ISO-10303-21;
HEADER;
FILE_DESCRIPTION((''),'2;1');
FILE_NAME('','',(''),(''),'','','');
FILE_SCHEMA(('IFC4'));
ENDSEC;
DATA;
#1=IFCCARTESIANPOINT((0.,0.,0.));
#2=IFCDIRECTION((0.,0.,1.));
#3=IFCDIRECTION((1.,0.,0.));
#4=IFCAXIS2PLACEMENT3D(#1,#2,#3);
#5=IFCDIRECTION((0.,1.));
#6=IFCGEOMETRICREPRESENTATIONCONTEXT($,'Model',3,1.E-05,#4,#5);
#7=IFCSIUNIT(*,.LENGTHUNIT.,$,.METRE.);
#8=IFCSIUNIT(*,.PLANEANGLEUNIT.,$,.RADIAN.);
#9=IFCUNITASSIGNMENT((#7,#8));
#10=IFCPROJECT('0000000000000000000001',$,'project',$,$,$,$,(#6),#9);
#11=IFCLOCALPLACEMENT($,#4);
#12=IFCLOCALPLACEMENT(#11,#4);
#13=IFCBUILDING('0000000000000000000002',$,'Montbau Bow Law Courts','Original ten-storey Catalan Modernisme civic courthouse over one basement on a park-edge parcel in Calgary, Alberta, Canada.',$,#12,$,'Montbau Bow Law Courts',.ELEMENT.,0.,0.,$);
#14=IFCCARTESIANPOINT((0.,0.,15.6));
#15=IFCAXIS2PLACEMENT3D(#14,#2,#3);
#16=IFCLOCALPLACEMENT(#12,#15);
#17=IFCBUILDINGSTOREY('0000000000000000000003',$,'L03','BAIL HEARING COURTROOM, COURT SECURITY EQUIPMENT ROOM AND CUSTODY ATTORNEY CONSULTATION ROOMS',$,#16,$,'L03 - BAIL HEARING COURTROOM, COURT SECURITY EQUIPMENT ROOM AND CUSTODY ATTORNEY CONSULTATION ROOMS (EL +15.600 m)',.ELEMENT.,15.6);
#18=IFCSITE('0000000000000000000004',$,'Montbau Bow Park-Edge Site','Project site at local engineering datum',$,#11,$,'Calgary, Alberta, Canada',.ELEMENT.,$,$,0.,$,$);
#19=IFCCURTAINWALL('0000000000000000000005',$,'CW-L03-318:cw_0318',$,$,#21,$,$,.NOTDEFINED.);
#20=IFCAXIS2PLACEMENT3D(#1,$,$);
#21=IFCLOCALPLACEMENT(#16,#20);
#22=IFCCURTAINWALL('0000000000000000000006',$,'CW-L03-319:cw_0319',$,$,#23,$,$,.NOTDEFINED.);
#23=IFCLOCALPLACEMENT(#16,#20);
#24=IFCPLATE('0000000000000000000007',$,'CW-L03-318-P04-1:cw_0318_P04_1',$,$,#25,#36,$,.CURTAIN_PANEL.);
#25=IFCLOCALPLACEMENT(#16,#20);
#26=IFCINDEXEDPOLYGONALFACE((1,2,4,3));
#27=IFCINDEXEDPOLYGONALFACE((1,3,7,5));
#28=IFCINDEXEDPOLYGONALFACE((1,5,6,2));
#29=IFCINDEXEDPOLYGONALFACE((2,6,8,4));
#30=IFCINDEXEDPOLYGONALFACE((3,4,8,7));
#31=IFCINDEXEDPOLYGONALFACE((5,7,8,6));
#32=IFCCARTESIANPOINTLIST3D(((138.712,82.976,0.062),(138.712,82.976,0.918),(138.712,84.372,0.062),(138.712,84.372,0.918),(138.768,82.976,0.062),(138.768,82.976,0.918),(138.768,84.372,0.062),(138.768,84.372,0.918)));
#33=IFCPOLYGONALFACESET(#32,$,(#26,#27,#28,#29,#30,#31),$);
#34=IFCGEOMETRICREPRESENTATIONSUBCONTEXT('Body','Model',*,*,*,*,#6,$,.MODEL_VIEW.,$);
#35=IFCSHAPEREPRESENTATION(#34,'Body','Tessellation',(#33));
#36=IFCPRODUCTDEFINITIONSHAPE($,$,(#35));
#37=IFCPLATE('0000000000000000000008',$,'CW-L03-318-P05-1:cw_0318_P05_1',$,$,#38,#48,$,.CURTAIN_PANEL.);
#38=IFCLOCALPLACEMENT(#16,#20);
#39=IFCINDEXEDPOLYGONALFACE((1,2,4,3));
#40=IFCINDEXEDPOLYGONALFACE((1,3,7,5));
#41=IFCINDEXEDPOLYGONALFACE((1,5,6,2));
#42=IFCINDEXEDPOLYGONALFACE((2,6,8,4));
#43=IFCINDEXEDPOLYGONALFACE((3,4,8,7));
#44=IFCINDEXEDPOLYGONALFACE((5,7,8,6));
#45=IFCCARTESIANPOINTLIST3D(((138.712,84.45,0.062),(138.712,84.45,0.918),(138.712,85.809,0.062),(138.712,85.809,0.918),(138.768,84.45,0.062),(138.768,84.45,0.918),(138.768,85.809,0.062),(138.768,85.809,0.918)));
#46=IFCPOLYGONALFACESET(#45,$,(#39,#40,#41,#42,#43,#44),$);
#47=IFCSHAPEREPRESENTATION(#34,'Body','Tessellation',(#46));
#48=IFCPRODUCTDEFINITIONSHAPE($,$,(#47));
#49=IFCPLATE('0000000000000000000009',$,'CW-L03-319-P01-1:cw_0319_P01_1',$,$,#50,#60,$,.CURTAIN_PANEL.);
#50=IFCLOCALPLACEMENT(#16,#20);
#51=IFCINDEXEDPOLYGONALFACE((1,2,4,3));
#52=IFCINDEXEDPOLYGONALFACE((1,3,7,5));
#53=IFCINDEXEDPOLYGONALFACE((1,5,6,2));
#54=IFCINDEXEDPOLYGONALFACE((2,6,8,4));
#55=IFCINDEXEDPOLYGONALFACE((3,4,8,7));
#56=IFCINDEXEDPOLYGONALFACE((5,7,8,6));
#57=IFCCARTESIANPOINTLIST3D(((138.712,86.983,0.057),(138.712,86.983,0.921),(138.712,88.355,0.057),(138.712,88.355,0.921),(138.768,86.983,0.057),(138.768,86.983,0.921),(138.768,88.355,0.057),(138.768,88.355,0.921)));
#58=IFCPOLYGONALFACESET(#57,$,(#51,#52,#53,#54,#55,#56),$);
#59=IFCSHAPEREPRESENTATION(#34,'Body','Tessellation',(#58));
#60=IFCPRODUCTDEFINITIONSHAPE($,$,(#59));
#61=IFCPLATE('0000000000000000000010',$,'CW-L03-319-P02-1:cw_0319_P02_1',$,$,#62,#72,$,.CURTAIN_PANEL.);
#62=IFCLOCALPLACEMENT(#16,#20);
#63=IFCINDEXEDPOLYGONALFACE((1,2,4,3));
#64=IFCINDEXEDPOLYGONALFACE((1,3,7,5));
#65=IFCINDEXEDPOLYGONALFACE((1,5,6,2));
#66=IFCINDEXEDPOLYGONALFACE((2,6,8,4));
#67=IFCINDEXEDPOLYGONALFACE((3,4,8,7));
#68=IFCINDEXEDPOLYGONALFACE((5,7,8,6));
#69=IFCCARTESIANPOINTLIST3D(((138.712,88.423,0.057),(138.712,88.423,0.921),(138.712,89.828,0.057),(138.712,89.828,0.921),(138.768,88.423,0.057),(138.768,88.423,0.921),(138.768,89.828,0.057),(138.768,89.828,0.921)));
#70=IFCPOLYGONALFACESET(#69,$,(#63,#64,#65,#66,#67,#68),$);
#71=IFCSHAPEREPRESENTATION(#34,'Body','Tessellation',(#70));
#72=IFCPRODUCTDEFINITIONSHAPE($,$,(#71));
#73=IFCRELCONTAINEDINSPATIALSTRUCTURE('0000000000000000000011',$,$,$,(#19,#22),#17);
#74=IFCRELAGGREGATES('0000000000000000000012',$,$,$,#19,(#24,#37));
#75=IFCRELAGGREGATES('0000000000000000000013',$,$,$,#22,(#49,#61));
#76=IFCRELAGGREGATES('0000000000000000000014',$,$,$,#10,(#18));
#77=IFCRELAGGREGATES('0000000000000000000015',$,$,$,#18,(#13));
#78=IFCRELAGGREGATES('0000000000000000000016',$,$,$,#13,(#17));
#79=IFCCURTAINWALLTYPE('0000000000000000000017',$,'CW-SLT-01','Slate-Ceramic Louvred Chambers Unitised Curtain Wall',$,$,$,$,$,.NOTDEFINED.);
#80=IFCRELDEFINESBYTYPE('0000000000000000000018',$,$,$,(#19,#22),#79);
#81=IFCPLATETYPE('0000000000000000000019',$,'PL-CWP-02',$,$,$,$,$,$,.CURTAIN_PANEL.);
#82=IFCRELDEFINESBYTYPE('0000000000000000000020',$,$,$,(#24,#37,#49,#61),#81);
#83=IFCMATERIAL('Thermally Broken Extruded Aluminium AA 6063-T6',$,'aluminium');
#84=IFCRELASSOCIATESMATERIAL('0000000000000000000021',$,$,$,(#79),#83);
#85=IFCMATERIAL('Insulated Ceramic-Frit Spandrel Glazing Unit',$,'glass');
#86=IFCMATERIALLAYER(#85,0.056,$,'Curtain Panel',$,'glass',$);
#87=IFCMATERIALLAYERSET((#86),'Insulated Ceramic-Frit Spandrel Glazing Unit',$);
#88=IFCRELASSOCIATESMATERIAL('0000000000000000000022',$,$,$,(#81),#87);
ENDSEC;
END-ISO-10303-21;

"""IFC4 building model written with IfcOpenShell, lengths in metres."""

from ifc_helpers import new_model, si_unit, direction, frame, frame_2d, origin_with_axes, place, context, subcontext, project, spatial, rectangle, extrude, material, layer, layer_set, type_object, element, aggregate, save


model = new_model("IFC4")

# Units and contexts
model_context = context("Model", 3, precision=1e-05, world=origin_with_axes(), true_north=direction((0.0, 1.0)))
body_context = subcontext(model_context, "Body", "Model", "MODEL_VIEW")
ifc_project = project(units=[si_unit("LENGTHUNIT", "METRE"), si_unit("PLANEANGLEUNIT", "RADIAN")], contexts=[model_context])

# Site, building, storey
site_placement = place(None, origin_with_axes())
site = spatial("IfcSite", under=ifc_project, at=site_placement, Name="Montbau Bow Park-Edge Site", Description="Project site at local engineering datum", LongName="Calgary, Alberta, Canada", CompositionType="ELEMENT", RefElevation=0.0)
building_placement = place(site_placement, origin_with_axes())
building = spatial("IfcBuilding", under=site, at=building_placement, Name="Montbau Bow Law Courts", Description="Original ten-storey Catalan Modernisme civic courthouse over one basement on a park-edge parcel in Calgary, Alberta, Canada.", LongName="Montbau Bow Law Courts", CompositionType="ELEMENT", ElevationOfRefHeight=0.0, ElevationOfTerrain=0.0)
storey_placement = place(building_placement, frame((0.0, 0.0, 15.6), z_axis=(0.0, 0.0, 1.0), x_axis=(1.0, 0.0, 0.0)))
storey = spatial("IfcBuildingStorey", under=building, at=storey_placement, Name="L03", Description="BAIL HEARING COURTROOM, COURT SECURITY EQUIPMENT ROOM AND CUSTODY ATTORNEY CONSULTATION ROOMS", LongName="L03 - BAIL HEARING COURTROOM, COURT SECURITY EQUIPMENT ROOM AND CUSTODY ATTORNEY CONSULTATION ROOMS (EL +15.600 m)", CompositionType="ELEMENT", Elevation=15.6)

# Curtain walls
ifc_material_1 = material(Name="Thermally Broken Extruded Aluminium AA 6063-T6", Category="aluminium")
curtain_wall_type = type_object("IfcCurtainWallType", Name="CW-SLT-01", Description="Slate-Ceramic Louvred Chambers Unitised Curtain Wall", PredefinedType="NOTDEFINED", material=ifc_material_1)
curtain_wall_1_placement = place(None, frame((138.74, 78.515, 15.6), z_axis=(0.0, 0.0, 1.0), x_axis=(1.0, 0.0, 0.0)))
curtain_wall_1 = element("IfcCurtainWall", 1, at=curtain_wall_1_placement, inside=storey, type_object=curtain_wall_type, Name="CW-L03-318:cw_0318", PredefinedType="NOTDEFINED")
curtain_wall_2_placement = place(None, frame((138.74, 86.915, 15.6), z_axis=(0.0, 0.0, 1.0), x_axis=(1.0, 0.0, 0.0)))
curtain_wall_2 = element("IfcCurtainWall", 2, at=curtain_wall_2_placement, inside=storey, type_object=curtain_wall_type, Name="CW-L03-319:cw_0319", PredefinedType="NOTDEFINED")

# Plates
ifc_material_2 = material(Name="Insulated Ceramic-Frit Spandrel Glazing Unit", Category="glass")
ifc_layer_1 = layer(ifc_material_2, 0.056, Name="Curtain Panel", Category="glass")
ifc_layer_set_1 = layer_set([ifc_layer_1], Name="Insulated Ceramic-Frit Spandrel Glazing Unit")
plate_type_1 = type_object("IfcPlateType", Name="PL-CWP-02", PredefinedType="CURTAIN_PANEL", material=ifc_layer_set_1)
plate_1_placement = place(None, frame((138.74, 82.976, 15.662), z_axis=(1.0, 0.0, 0.0), x_axis=(0.0, 1.0, 0.0)))
plate_1 = element("IfcPlate", 3, at=plate_1_placement, type_object=plate_type_1, Name="CW-L03-318-P04-1:cw_0318_P04_1", PredefinedType="CURTAIN_PANEL", context=body_context, shape_type="SweptSolid", body=[
    extrude(rectangle(XDim=1.396, YDim=0.856, at=frame_2d((0.698, 0.428), x_axis=(1.0, 0.0))), frame((0.0, 0.0, -0.028), z_axis=(0.0, 0.0, 1.0), x_axis=(1.0, 0.0, 0.0)), (0.0, 0.0, 1.0), 0.056),
])
plate_2_placement = place(None, frame((138.74, 84.45, 15.662), z_axis=(1.0, 0.0, 0.0), x_axis=(0.0, 1.0, 0.0)))
plate_2 = element("IfcPlate", 4, at=plate_2_placement, type_object=plate_type_1, Name="CW-L03-318-P05-1:cw_0318_P05_1", PredefinedType="CURTAIN_PANEL", context=body_context, shape_type="SweptSolid", body=[
    extrude(rectangle(XDim=1.359, YDim=0.856, at=frame_2d((0.6795, 0.428), x_axis=(1.0, 0.0))), frame((0.0, 0.0, -0.028), z_axis=(0.0, 0.0, 1.0), x_axis=(1.0, 0.0, 0.0)), (0.0, 0.0, 1.0), 0.056),
])
aggregate(curtain_wall_1, [plate_1, plate_2])
plate_3_placement = place(None, frame((138.74, 86.983, 15.657), z_axis=(1.0, 0.0, 0.0), x_axis=(0.0, 1.0, 0.0)))
plate_3 = element("IfcPlate", 5, at=plate_3_placement, type_object=plate_type_1, Name="CW-L03-319-P01-1:cw_0319_P01_1", PredefinedType="CURTAIN_PANEL", context=body_context, shape_type="SweptSolid", body=[
    extrude(rectangle(XDim=1.372, YDim=0.864, at=frame_2d((0.686, 0.432), x_axis=(1.0, 0.0))), frame((0.0, 0.0, -0.028), z_axis=(0.0, 0.0, 1.0), x_axis=(1.0, 0.0, 0.0)), (0.0, 0.0, 1.0), 0.056),
])
plate_4_placement = place(None, frame((138.74, 88.423, 15.657), z_axis=(1.0, 0.0, 0.0), x_axis=(0.0, 1.0, 0.0)))
plate_4 = element("IfcPlate", 6, at=plate_4_placement, type_object=plate_type_1, Name="CW-L03-319-P02-1:cw_0319_P02_1", PredefinedType="CURTAIN_PANEL", context=body_context, shape_type="SweptSolid", body=[
    extrude(rectangle(XDim=1.405, YDim=0.864, at=frame_2d((0.7025, 0.432), x_axis=(1.0, 0.0))), frame((0.0, 0.0, -0.028), z_axis=(0.0, 0.0, 1.0), x_axis=(1.0, 0.0, 0.0)), (0.0, 0.0, 1.0), 0.056),
])
aggregate(curtain_wall_2, [plate_3, plate_4])

save(model, "model.ifc")
